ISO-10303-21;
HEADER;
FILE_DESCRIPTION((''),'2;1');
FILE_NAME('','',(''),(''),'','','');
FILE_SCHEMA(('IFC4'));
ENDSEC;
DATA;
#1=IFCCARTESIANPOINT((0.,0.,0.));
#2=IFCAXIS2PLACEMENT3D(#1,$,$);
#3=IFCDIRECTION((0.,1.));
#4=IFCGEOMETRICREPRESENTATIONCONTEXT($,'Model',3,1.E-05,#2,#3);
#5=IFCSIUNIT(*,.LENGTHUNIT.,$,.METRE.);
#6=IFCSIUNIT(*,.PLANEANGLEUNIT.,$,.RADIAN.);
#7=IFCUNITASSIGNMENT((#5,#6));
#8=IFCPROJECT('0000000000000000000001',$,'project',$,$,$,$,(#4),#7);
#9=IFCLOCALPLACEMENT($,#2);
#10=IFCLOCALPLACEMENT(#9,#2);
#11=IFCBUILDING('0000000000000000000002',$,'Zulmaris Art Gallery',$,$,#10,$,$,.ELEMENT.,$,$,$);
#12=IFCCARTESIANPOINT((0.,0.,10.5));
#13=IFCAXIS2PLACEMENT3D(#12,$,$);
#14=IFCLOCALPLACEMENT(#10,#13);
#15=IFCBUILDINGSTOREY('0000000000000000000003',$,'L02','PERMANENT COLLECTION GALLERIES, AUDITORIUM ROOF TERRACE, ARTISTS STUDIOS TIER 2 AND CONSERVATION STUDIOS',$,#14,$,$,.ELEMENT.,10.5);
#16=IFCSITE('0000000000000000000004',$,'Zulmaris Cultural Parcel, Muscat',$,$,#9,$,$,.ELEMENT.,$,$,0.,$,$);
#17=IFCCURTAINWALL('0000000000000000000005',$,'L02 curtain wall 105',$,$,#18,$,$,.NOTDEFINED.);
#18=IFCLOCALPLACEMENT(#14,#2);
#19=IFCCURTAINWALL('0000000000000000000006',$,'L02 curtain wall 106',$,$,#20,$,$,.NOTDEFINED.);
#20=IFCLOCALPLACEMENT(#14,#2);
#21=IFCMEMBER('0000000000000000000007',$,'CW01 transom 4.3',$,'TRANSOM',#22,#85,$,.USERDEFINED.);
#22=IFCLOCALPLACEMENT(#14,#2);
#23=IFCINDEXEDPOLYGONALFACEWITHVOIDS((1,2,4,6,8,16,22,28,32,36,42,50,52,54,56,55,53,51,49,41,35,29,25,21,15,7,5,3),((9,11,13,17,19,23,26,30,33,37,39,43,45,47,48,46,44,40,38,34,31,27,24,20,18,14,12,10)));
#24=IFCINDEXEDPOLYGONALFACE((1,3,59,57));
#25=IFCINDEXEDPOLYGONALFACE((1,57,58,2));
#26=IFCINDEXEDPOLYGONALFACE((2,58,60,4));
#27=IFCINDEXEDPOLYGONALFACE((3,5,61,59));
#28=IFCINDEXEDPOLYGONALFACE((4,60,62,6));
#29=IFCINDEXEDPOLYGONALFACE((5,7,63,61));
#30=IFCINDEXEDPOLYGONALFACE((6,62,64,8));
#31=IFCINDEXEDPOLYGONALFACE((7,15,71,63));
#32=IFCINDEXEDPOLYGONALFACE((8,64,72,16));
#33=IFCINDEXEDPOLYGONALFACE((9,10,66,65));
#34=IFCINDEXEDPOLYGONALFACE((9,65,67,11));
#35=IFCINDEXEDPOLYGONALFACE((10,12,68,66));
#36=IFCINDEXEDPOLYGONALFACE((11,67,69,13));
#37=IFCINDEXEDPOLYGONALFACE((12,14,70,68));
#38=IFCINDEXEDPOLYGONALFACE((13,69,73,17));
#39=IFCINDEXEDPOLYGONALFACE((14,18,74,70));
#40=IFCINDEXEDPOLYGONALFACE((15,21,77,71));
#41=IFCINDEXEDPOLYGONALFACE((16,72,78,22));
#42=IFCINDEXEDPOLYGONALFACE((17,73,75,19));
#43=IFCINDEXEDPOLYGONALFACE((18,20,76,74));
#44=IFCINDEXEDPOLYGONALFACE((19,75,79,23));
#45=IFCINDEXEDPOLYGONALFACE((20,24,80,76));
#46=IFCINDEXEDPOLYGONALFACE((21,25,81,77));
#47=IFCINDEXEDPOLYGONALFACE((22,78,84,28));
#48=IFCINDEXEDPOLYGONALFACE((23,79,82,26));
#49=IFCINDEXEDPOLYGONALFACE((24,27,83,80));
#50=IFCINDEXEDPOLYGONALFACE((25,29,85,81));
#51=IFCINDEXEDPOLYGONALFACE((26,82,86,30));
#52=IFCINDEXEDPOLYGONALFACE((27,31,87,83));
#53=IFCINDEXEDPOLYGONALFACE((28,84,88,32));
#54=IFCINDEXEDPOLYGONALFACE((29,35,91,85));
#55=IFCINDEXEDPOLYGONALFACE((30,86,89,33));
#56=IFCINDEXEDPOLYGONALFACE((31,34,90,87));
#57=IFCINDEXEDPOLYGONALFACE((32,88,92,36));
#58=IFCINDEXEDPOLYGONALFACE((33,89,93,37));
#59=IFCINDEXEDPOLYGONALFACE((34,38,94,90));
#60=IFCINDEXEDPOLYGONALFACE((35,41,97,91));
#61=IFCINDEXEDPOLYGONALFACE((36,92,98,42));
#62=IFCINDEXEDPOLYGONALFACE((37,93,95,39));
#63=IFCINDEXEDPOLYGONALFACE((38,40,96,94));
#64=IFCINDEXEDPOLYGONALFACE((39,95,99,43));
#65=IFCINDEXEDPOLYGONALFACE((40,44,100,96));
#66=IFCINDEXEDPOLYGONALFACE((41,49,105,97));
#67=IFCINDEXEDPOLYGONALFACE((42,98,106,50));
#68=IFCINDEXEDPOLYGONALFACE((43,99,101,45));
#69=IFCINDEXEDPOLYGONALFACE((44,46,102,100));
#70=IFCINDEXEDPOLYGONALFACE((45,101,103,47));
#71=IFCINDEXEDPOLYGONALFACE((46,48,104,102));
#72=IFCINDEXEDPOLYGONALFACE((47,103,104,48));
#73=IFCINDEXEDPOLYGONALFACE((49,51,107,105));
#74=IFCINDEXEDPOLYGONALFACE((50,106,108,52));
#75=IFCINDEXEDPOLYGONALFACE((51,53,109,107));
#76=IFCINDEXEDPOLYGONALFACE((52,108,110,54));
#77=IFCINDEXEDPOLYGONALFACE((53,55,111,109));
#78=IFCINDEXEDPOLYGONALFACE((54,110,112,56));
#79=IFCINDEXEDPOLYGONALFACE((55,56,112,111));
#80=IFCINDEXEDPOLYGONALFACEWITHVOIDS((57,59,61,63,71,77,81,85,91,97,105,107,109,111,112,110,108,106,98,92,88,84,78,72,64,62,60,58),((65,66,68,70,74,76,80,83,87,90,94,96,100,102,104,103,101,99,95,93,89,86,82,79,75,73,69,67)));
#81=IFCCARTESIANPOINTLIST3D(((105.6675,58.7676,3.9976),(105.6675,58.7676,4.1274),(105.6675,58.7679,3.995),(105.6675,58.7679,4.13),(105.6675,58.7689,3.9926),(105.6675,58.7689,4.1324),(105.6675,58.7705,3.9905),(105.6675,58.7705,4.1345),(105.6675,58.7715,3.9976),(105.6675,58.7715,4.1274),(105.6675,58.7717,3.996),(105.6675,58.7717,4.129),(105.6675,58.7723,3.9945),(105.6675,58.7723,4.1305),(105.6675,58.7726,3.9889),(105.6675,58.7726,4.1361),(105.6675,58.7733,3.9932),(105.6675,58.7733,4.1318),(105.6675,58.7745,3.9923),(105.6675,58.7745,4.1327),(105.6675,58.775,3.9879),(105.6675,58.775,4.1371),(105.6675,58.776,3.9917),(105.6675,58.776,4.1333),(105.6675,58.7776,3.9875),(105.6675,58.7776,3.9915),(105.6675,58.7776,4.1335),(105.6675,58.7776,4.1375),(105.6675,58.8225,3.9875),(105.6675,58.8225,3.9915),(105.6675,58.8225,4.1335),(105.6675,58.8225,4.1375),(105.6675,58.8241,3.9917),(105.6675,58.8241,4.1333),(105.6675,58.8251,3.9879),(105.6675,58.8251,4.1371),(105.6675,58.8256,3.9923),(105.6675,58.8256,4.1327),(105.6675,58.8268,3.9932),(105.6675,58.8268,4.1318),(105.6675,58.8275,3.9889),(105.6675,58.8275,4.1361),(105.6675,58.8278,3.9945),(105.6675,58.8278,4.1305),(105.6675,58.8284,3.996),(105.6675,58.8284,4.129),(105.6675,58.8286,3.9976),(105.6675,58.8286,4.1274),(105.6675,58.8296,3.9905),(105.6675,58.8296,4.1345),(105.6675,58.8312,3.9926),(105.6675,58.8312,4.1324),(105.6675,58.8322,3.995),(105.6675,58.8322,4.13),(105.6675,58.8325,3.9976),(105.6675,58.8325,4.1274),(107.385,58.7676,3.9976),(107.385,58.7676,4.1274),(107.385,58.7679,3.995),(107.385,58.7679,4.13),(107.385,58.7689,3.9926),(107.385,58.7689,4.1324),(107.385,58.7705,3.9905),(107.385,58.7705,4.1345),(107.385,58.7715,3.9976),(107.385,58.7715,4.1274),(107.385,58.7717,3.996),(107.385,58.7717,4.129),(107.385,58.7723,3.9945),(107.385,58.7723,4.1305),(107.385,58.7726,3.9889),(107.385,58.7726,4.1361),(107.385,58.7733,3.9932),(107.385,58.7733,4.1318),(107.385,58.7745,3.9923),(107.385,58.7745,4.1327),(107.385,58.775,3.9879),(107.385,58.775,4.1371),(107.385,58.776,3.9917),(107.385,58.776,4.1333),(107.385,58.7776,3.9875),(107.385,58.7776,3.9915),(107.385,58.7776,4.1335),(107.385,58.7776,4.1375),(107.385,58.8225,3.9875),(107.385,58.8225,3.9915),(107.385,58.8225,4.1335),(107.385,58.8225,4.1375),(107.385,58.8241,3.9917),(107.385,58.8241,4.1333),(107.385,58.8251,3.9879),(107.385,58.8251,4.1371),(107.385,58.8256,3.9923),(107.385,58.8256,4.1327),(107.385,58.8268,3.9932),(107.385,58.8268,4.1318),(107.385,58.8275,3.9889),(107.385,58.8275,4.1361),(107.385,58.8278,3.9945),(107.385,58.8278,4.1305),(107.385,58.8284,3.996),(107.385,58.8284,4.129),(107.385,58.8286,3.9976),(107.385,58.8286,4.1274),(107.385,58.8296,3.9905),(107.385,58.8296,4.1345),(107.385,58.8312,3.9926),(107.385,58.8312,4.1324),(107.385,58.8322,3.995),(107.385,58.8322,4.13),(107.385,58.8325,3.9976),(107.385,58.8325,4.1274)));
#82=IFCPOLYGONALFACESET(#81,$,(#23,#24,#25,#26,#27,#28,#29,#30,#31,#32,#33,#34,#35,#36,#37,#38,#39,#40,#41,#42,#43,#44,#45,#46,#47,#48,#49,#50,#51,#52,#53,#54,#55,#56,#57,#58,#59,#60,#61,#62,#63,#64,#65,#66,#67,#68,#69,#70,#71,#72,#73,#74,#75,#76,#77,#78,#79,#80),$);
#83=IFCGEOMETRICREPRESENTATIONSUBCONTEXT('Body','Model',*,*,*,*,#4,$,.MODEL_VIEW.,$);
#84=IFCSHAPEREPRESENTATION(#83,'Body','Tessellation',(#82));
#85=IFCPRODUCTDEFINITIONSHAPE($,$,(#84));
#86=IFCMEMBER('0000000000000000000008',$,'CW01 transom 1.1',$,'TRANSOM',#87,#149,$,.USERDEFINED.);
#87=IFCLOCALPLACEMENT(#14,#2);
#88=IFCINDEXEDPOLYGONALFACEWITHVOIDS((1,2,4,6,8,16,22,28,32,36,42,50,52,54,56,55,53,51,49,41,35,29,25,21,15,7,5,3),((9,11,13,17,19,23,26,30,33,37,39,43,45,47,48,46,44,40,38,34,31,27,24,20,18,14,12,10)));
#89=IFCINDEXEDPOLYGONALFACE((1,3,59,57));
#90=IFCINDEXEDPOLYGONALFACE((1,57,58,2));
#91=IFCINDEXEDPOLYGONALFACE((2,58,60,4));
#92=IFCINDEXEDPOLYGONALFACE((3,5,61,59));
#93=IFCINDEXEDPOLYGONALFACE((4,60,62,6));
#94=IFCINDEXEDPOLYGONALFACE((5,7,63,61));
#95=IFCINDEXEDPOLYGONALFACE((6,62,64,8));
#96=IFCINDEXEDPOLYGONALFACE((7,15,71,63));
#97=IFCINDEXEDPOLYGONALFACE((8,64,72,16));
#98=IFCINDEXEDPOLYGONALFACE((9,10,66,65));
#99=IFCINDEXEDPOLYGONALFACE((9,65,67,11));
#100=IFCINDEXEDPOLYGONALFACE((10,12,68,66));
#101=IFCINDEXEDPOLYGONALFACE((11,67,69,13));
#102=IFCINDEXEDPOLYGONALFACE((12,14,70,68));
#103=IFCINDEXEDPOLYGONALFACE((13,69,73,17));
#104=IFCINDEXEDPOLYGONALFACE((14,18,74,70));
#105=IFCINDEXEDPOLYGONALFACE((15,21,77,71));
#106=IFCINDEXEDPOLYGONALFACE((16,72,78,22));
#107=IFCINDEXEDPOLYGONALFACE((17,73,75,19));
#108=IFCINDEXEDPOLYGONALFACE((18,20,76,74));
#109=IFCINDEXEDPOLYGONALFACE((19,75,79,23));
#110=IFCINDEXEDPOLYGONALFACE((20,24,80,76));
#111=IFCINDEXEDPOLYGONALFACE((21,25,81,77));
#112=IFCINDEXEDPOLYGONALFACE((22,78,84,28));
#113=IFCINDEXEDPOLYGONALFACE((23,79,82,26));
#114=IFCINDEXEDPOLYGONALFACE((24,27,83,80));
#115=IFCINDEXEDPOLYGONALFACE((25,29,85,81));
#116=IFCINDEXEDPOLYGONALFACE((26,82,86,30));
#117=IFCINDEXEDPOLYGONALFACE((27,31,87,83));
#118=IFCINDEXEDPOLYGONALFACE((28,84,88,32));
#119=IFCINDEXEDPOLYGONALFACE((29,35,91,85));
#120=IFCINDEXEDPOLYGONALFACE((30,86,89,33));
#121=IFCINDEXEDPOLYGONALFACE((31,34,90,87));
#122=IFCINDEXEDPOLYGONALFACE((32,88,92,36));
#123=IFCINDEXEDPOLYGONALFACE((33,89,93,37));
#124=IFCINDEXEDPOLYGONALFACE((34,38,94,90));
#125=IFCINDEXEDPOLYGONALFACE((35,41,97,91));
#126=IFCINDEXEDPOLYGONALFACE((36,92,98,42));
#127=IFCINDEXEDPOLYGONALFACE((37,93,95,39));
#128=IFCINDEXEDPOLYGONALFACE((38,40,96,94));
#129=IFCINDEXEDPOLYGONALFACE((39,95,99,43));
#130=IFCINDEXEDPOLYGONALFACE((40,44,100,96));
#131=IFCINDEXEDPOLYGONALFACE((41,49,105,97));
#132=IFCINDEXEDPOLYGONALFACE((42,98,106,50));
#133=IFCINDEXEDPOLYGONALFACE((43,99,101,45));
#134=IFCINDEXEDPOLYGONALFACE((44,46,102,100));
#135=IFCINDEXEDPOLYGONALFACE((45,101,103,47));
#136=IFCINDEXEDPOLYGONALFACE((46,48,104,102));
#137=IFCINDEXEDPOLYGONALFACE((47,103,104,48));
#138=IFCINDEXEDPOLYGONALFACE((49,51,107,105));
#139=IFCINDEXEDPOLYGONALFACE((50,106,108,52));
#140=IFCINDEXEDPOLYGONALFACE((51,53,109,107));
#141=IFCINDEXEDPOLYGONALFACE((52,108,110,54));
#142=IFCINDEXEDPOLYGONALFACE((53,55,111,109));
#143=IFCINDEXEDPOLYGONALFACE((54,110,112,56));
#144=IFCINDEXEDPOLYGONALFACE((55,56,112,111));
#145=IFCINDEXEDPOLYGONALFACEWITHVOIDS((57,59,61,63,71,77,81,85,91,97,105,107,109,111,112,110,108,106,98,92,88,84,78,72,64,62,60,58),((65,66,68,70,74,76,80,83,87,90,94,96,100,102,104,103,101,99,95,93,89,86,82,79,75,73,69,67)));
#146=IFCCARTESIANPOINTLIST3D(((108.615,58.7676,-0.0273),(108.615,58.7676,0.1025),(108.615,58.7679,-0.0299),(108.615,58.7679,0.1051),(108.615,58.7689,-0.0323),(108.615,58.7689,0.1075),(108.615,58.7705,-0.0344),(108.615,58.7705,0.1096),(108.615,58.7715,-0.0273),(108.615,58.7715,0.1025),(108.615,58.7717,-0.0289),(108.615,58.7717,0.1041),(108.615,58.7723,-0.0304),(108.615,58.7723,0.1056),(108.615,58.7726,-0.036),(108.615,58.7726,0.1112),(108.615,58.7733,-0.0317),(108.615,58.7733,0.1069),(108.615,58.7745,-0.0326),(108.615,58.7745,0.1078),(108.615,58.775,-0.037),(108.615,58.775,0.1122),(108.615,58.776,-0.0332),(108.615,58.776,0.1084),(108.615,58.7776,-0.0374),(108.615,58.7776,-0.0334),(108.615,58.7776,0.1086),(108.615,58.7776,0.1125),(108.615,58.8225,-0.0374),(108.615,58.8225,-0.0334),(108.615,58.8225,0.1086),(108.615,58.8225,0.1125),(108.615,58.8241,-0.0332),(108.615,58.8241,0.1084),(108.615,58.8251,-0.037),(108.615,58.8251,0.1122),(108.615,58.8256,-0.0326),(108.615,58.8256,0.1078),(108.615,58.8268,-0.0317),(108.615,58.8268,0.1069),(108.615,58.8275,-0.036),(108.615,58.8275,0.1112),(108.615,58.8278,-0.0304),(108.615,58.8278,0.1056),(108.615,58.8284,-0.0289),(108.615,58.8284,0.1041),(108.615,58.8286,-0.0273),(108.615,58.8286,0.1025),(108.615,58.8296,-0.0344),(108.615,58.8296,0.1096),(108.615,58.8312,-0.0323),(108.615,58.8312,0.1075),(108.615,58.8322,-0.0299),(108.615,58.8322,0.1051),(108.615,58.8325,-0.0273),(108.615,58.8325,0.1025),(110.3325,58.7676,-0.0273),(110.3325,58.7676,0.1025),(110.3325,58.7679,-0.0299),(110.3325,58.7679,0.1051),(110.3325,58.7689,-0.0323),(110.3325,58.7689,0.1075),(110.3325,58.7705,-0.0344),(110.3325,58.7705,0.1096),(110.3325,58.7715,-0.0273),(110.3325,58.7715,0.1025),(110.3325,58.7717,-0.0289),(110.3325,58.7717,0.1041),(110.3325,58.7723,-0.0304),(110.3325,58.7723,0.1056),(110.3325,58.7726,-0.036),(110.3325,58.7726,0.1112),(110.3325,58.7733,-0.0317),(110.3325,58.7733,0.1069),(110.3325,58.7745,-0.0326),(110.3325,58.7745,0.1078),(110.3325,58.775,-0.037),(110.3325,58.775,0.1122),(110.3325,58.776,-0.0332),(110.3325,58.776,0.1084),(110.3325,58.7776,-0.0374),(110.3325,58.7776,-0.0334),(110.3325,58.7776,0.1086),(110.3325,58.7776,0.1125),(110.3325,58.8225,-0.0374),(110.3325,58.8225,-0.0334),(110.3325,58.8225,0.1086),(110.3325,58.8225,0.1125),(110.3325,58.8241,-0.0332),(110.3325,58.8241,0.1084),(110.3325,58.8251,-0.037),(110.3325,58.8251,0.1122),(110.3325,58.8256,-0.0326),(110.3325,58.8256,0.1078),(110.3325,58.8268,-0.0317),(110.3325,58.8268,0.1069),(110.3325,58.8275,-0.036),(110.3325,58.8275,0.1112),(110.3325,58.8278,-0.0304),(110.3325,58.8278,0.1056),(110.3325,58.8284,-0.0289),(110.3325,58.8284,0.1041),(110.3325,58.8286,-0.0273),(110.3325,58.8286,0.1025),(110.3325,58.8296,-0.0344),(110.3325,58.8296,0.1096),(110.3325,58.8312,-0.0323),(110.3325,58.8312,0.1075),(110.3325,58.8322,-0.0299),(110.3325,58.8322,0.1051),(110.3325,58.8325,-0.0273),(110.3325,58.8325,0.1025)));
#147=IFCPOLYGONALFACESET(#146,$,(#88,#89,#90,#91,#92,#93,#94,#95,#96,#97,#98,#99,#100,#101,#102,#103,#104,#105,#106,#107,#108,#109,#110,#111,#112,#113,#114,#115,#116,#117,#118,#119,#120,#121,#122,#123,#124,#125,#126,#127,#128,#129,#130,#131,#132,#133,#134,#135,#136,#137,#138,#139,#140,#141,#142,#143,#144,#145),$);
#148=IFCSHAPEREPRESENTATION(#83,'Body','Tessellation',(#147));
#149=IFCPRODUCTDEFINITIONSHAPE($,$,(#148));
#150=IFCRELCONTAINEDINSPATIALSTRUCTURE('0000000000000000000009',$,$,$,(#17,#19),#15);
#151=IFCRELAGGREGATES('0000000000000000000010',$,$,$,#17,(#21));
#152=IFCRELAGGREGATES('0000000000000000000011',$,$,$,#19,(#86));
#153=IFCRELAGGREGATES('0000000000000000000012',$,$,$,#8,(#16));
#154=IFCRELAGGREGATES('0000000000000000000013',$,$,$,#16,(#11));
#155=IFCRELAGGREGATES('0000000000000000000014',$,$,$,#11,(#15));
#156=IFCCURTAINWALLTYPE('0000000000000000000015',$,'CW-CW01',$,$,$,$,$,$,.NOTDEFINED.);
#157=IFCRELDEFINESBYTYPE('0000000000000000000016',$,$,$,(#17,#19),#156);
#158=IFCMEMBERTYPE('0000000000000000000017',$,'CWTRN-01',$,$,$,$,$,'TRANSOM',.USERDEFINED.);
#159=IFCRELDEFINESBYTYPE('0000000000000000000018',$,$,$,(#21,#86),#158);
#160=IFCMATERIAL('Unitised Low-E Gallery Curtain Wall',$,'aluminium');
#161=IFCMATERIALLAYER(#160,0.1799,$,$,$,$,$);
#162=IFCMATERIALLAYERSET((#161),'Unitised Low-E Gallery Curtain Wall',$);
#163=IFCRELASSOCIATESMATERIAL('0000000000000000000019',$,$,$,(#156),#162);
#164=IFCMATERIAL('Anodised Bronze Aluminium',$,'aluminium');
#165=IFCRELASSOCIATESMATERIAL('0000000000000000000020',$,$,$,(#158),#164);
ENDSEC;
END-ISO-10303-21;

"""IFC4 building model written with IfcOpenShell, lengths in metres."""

from ifc_helpers import new_model, si_unit, direction, frame, origin, origin_2d, place, context, subcontext, project, spatial, hollow_rectangle, extrude, material, layer, layer_set, material_profile, profile_set, type_object, element, aggregate, save


model = new_model("IFC4")

# Units and contexts
model_context = context("Model", 3, precision=1e-05, world=origin(), true_north=direction((0.0, 1.0)))
body_context = subcontext(model_context, "Body", "Model", "MODEL_VIEW")
ifc_project = project(units=[si_unit("LENGTHUNIT", "METRE"), si_unit("PLANEANGLEUNIT", "RADIAN")], contexts=[model_context])

# Site, building, storey
site_placement = place(None, origin())
site = spatial("IfcSite", under=ifc_project, at=site_placement, Name="Zulmaris Cultural Parcel, Muscat", CompositionType="ELEMENT", RefElevation=0.0)
building_placement = place(site_placement, origin())
building = spatial("IfcBuilding", under=site, at=building_placement, Name="Zulmaris Art Gallery", CompositionType="ELEMENT")
storey_placement = place(building_placement, frame((0.0, 0.0, 10.5)))
storey = spatial("IfcBuildingStorey", under=building, at=storey_placement, Name="L02", Description="PERMANENT COLLECTION GALLERIES, AUDITORIUM ROOF TERRACE, ARTISTS STUDIOS TIER 2 AND CONSERVATION STUDIOS", CompositionType="ELEMENT", Elevation=10.5)

# Curtain walls
ifc_material_1 = material(Name="Unitised Low-E Gallery Curtain Wall", Category="aluminium")
ifc_layer_1 = layer(ifc_material_1, 0.1799)
ifc_layer_set_1 = layer_set([ifc_layer_1], Name="Unitised Low-E Gallery Curtain Wall")
curtain_wall_type = type_object("IfcCurtainWallType", Name="CW-CW01", PredefinedType="NOTDEFINED", material=ifc_layer_set_1)
curtain_wall_1_placement = place(storey_placement, origin())
curtain_wall_1 = element("IfcCurtainWall", 1, at=curtain_wall_1_placement, inside=storey, type_object=curtain_wall_type, Name="L02 curtain wall 105", PredefinedType="NOTDEFINED")
ifc_material_2 = material(Name="Anodised Bronze Aluminium", Category="aluminium")
curtain_wall_2_placement = place(storey_placement, origin())
curtain_wall_2 = element("IfcCurtainWall", 2, at=curtain_wall_2_placement, inside=storey, type_object=curtain_wall_type, Name="L02 curtain wall 106", PredefinedType="NOTDEFINED")

# Members
ifc_material_profile_1 = material_profile(ifc_material_2, hollow_rectangle(XDim=0.0649, YDim=0.1499, WallThickness=0.0039, InnerFilletRadius=0.0061, OuterFilletRadius=0.01, at=origin_2d()), Name="ALU 65x150x4")
ifc_profile_set_1 = profile_set([ifc_material_profile_1], Name="Anodised Bronze Aluminium")
member_type_1 = type_object("IfcMemberType", Name="CWTRN-01", ElementType="TRANSOM", PredefinedType="USERDEFINED", material=ifc_profile_set_1)
member_1_placement = place(storey_placement, frame((105.6675, 58.8, 4.0625), z_axis=(1.0, 0.0, 0.0), x_axis=(0.0, 1.0, 0.0)))
member_1 = element("IfcMember", 3, at=member_1_placement, type_object=member_type_1, Name="CW01 transom 4.3", ObjectType="TRANSOM", PredefinedType="USERDEFINED", context=body_context, shape_type="SweptSolid", body=[
    extrude(hollow_rectangle(XDim=0.0649, YDim=0.1499, WallThickness=0.0039, InnerFilletRadius=0.0061, OuterFilletRadius=0.01, at=origin_2d()), origin(), (0.0, 0.0, 1.0), 1.7175),
])
member_2_placement = place(storey_placement, frame((108.615, 58.8, 0.0376), z_axis=(1.0, 0.0, 0.0), x_axis=(0.0, 1.0, 0.0)))
member_2 = element("IfcMember", 4, at=member_2_placement, type_object=member_type_1, Name="CW01 transom 1.1", ObjectType="TRANSOM", PredefinedType="USERDEFINED", context=body_context, shape_type="SweptSolid", body=[
    extrude(hollow_rectangle(XDim=0.0649, YDim=0.1499, WallThickness=0.0039, InnerFilletRadius=0.0061, OuterFilletRadius=0.01, at=origin_2d()), origin(), (0.0, 0.0, 1.0), 1.7175),
])

aggregate(curtain_wall_1, [member_1])
aggregate(curtain_wall_2, [member_2])

save(model, "model.ifc")
